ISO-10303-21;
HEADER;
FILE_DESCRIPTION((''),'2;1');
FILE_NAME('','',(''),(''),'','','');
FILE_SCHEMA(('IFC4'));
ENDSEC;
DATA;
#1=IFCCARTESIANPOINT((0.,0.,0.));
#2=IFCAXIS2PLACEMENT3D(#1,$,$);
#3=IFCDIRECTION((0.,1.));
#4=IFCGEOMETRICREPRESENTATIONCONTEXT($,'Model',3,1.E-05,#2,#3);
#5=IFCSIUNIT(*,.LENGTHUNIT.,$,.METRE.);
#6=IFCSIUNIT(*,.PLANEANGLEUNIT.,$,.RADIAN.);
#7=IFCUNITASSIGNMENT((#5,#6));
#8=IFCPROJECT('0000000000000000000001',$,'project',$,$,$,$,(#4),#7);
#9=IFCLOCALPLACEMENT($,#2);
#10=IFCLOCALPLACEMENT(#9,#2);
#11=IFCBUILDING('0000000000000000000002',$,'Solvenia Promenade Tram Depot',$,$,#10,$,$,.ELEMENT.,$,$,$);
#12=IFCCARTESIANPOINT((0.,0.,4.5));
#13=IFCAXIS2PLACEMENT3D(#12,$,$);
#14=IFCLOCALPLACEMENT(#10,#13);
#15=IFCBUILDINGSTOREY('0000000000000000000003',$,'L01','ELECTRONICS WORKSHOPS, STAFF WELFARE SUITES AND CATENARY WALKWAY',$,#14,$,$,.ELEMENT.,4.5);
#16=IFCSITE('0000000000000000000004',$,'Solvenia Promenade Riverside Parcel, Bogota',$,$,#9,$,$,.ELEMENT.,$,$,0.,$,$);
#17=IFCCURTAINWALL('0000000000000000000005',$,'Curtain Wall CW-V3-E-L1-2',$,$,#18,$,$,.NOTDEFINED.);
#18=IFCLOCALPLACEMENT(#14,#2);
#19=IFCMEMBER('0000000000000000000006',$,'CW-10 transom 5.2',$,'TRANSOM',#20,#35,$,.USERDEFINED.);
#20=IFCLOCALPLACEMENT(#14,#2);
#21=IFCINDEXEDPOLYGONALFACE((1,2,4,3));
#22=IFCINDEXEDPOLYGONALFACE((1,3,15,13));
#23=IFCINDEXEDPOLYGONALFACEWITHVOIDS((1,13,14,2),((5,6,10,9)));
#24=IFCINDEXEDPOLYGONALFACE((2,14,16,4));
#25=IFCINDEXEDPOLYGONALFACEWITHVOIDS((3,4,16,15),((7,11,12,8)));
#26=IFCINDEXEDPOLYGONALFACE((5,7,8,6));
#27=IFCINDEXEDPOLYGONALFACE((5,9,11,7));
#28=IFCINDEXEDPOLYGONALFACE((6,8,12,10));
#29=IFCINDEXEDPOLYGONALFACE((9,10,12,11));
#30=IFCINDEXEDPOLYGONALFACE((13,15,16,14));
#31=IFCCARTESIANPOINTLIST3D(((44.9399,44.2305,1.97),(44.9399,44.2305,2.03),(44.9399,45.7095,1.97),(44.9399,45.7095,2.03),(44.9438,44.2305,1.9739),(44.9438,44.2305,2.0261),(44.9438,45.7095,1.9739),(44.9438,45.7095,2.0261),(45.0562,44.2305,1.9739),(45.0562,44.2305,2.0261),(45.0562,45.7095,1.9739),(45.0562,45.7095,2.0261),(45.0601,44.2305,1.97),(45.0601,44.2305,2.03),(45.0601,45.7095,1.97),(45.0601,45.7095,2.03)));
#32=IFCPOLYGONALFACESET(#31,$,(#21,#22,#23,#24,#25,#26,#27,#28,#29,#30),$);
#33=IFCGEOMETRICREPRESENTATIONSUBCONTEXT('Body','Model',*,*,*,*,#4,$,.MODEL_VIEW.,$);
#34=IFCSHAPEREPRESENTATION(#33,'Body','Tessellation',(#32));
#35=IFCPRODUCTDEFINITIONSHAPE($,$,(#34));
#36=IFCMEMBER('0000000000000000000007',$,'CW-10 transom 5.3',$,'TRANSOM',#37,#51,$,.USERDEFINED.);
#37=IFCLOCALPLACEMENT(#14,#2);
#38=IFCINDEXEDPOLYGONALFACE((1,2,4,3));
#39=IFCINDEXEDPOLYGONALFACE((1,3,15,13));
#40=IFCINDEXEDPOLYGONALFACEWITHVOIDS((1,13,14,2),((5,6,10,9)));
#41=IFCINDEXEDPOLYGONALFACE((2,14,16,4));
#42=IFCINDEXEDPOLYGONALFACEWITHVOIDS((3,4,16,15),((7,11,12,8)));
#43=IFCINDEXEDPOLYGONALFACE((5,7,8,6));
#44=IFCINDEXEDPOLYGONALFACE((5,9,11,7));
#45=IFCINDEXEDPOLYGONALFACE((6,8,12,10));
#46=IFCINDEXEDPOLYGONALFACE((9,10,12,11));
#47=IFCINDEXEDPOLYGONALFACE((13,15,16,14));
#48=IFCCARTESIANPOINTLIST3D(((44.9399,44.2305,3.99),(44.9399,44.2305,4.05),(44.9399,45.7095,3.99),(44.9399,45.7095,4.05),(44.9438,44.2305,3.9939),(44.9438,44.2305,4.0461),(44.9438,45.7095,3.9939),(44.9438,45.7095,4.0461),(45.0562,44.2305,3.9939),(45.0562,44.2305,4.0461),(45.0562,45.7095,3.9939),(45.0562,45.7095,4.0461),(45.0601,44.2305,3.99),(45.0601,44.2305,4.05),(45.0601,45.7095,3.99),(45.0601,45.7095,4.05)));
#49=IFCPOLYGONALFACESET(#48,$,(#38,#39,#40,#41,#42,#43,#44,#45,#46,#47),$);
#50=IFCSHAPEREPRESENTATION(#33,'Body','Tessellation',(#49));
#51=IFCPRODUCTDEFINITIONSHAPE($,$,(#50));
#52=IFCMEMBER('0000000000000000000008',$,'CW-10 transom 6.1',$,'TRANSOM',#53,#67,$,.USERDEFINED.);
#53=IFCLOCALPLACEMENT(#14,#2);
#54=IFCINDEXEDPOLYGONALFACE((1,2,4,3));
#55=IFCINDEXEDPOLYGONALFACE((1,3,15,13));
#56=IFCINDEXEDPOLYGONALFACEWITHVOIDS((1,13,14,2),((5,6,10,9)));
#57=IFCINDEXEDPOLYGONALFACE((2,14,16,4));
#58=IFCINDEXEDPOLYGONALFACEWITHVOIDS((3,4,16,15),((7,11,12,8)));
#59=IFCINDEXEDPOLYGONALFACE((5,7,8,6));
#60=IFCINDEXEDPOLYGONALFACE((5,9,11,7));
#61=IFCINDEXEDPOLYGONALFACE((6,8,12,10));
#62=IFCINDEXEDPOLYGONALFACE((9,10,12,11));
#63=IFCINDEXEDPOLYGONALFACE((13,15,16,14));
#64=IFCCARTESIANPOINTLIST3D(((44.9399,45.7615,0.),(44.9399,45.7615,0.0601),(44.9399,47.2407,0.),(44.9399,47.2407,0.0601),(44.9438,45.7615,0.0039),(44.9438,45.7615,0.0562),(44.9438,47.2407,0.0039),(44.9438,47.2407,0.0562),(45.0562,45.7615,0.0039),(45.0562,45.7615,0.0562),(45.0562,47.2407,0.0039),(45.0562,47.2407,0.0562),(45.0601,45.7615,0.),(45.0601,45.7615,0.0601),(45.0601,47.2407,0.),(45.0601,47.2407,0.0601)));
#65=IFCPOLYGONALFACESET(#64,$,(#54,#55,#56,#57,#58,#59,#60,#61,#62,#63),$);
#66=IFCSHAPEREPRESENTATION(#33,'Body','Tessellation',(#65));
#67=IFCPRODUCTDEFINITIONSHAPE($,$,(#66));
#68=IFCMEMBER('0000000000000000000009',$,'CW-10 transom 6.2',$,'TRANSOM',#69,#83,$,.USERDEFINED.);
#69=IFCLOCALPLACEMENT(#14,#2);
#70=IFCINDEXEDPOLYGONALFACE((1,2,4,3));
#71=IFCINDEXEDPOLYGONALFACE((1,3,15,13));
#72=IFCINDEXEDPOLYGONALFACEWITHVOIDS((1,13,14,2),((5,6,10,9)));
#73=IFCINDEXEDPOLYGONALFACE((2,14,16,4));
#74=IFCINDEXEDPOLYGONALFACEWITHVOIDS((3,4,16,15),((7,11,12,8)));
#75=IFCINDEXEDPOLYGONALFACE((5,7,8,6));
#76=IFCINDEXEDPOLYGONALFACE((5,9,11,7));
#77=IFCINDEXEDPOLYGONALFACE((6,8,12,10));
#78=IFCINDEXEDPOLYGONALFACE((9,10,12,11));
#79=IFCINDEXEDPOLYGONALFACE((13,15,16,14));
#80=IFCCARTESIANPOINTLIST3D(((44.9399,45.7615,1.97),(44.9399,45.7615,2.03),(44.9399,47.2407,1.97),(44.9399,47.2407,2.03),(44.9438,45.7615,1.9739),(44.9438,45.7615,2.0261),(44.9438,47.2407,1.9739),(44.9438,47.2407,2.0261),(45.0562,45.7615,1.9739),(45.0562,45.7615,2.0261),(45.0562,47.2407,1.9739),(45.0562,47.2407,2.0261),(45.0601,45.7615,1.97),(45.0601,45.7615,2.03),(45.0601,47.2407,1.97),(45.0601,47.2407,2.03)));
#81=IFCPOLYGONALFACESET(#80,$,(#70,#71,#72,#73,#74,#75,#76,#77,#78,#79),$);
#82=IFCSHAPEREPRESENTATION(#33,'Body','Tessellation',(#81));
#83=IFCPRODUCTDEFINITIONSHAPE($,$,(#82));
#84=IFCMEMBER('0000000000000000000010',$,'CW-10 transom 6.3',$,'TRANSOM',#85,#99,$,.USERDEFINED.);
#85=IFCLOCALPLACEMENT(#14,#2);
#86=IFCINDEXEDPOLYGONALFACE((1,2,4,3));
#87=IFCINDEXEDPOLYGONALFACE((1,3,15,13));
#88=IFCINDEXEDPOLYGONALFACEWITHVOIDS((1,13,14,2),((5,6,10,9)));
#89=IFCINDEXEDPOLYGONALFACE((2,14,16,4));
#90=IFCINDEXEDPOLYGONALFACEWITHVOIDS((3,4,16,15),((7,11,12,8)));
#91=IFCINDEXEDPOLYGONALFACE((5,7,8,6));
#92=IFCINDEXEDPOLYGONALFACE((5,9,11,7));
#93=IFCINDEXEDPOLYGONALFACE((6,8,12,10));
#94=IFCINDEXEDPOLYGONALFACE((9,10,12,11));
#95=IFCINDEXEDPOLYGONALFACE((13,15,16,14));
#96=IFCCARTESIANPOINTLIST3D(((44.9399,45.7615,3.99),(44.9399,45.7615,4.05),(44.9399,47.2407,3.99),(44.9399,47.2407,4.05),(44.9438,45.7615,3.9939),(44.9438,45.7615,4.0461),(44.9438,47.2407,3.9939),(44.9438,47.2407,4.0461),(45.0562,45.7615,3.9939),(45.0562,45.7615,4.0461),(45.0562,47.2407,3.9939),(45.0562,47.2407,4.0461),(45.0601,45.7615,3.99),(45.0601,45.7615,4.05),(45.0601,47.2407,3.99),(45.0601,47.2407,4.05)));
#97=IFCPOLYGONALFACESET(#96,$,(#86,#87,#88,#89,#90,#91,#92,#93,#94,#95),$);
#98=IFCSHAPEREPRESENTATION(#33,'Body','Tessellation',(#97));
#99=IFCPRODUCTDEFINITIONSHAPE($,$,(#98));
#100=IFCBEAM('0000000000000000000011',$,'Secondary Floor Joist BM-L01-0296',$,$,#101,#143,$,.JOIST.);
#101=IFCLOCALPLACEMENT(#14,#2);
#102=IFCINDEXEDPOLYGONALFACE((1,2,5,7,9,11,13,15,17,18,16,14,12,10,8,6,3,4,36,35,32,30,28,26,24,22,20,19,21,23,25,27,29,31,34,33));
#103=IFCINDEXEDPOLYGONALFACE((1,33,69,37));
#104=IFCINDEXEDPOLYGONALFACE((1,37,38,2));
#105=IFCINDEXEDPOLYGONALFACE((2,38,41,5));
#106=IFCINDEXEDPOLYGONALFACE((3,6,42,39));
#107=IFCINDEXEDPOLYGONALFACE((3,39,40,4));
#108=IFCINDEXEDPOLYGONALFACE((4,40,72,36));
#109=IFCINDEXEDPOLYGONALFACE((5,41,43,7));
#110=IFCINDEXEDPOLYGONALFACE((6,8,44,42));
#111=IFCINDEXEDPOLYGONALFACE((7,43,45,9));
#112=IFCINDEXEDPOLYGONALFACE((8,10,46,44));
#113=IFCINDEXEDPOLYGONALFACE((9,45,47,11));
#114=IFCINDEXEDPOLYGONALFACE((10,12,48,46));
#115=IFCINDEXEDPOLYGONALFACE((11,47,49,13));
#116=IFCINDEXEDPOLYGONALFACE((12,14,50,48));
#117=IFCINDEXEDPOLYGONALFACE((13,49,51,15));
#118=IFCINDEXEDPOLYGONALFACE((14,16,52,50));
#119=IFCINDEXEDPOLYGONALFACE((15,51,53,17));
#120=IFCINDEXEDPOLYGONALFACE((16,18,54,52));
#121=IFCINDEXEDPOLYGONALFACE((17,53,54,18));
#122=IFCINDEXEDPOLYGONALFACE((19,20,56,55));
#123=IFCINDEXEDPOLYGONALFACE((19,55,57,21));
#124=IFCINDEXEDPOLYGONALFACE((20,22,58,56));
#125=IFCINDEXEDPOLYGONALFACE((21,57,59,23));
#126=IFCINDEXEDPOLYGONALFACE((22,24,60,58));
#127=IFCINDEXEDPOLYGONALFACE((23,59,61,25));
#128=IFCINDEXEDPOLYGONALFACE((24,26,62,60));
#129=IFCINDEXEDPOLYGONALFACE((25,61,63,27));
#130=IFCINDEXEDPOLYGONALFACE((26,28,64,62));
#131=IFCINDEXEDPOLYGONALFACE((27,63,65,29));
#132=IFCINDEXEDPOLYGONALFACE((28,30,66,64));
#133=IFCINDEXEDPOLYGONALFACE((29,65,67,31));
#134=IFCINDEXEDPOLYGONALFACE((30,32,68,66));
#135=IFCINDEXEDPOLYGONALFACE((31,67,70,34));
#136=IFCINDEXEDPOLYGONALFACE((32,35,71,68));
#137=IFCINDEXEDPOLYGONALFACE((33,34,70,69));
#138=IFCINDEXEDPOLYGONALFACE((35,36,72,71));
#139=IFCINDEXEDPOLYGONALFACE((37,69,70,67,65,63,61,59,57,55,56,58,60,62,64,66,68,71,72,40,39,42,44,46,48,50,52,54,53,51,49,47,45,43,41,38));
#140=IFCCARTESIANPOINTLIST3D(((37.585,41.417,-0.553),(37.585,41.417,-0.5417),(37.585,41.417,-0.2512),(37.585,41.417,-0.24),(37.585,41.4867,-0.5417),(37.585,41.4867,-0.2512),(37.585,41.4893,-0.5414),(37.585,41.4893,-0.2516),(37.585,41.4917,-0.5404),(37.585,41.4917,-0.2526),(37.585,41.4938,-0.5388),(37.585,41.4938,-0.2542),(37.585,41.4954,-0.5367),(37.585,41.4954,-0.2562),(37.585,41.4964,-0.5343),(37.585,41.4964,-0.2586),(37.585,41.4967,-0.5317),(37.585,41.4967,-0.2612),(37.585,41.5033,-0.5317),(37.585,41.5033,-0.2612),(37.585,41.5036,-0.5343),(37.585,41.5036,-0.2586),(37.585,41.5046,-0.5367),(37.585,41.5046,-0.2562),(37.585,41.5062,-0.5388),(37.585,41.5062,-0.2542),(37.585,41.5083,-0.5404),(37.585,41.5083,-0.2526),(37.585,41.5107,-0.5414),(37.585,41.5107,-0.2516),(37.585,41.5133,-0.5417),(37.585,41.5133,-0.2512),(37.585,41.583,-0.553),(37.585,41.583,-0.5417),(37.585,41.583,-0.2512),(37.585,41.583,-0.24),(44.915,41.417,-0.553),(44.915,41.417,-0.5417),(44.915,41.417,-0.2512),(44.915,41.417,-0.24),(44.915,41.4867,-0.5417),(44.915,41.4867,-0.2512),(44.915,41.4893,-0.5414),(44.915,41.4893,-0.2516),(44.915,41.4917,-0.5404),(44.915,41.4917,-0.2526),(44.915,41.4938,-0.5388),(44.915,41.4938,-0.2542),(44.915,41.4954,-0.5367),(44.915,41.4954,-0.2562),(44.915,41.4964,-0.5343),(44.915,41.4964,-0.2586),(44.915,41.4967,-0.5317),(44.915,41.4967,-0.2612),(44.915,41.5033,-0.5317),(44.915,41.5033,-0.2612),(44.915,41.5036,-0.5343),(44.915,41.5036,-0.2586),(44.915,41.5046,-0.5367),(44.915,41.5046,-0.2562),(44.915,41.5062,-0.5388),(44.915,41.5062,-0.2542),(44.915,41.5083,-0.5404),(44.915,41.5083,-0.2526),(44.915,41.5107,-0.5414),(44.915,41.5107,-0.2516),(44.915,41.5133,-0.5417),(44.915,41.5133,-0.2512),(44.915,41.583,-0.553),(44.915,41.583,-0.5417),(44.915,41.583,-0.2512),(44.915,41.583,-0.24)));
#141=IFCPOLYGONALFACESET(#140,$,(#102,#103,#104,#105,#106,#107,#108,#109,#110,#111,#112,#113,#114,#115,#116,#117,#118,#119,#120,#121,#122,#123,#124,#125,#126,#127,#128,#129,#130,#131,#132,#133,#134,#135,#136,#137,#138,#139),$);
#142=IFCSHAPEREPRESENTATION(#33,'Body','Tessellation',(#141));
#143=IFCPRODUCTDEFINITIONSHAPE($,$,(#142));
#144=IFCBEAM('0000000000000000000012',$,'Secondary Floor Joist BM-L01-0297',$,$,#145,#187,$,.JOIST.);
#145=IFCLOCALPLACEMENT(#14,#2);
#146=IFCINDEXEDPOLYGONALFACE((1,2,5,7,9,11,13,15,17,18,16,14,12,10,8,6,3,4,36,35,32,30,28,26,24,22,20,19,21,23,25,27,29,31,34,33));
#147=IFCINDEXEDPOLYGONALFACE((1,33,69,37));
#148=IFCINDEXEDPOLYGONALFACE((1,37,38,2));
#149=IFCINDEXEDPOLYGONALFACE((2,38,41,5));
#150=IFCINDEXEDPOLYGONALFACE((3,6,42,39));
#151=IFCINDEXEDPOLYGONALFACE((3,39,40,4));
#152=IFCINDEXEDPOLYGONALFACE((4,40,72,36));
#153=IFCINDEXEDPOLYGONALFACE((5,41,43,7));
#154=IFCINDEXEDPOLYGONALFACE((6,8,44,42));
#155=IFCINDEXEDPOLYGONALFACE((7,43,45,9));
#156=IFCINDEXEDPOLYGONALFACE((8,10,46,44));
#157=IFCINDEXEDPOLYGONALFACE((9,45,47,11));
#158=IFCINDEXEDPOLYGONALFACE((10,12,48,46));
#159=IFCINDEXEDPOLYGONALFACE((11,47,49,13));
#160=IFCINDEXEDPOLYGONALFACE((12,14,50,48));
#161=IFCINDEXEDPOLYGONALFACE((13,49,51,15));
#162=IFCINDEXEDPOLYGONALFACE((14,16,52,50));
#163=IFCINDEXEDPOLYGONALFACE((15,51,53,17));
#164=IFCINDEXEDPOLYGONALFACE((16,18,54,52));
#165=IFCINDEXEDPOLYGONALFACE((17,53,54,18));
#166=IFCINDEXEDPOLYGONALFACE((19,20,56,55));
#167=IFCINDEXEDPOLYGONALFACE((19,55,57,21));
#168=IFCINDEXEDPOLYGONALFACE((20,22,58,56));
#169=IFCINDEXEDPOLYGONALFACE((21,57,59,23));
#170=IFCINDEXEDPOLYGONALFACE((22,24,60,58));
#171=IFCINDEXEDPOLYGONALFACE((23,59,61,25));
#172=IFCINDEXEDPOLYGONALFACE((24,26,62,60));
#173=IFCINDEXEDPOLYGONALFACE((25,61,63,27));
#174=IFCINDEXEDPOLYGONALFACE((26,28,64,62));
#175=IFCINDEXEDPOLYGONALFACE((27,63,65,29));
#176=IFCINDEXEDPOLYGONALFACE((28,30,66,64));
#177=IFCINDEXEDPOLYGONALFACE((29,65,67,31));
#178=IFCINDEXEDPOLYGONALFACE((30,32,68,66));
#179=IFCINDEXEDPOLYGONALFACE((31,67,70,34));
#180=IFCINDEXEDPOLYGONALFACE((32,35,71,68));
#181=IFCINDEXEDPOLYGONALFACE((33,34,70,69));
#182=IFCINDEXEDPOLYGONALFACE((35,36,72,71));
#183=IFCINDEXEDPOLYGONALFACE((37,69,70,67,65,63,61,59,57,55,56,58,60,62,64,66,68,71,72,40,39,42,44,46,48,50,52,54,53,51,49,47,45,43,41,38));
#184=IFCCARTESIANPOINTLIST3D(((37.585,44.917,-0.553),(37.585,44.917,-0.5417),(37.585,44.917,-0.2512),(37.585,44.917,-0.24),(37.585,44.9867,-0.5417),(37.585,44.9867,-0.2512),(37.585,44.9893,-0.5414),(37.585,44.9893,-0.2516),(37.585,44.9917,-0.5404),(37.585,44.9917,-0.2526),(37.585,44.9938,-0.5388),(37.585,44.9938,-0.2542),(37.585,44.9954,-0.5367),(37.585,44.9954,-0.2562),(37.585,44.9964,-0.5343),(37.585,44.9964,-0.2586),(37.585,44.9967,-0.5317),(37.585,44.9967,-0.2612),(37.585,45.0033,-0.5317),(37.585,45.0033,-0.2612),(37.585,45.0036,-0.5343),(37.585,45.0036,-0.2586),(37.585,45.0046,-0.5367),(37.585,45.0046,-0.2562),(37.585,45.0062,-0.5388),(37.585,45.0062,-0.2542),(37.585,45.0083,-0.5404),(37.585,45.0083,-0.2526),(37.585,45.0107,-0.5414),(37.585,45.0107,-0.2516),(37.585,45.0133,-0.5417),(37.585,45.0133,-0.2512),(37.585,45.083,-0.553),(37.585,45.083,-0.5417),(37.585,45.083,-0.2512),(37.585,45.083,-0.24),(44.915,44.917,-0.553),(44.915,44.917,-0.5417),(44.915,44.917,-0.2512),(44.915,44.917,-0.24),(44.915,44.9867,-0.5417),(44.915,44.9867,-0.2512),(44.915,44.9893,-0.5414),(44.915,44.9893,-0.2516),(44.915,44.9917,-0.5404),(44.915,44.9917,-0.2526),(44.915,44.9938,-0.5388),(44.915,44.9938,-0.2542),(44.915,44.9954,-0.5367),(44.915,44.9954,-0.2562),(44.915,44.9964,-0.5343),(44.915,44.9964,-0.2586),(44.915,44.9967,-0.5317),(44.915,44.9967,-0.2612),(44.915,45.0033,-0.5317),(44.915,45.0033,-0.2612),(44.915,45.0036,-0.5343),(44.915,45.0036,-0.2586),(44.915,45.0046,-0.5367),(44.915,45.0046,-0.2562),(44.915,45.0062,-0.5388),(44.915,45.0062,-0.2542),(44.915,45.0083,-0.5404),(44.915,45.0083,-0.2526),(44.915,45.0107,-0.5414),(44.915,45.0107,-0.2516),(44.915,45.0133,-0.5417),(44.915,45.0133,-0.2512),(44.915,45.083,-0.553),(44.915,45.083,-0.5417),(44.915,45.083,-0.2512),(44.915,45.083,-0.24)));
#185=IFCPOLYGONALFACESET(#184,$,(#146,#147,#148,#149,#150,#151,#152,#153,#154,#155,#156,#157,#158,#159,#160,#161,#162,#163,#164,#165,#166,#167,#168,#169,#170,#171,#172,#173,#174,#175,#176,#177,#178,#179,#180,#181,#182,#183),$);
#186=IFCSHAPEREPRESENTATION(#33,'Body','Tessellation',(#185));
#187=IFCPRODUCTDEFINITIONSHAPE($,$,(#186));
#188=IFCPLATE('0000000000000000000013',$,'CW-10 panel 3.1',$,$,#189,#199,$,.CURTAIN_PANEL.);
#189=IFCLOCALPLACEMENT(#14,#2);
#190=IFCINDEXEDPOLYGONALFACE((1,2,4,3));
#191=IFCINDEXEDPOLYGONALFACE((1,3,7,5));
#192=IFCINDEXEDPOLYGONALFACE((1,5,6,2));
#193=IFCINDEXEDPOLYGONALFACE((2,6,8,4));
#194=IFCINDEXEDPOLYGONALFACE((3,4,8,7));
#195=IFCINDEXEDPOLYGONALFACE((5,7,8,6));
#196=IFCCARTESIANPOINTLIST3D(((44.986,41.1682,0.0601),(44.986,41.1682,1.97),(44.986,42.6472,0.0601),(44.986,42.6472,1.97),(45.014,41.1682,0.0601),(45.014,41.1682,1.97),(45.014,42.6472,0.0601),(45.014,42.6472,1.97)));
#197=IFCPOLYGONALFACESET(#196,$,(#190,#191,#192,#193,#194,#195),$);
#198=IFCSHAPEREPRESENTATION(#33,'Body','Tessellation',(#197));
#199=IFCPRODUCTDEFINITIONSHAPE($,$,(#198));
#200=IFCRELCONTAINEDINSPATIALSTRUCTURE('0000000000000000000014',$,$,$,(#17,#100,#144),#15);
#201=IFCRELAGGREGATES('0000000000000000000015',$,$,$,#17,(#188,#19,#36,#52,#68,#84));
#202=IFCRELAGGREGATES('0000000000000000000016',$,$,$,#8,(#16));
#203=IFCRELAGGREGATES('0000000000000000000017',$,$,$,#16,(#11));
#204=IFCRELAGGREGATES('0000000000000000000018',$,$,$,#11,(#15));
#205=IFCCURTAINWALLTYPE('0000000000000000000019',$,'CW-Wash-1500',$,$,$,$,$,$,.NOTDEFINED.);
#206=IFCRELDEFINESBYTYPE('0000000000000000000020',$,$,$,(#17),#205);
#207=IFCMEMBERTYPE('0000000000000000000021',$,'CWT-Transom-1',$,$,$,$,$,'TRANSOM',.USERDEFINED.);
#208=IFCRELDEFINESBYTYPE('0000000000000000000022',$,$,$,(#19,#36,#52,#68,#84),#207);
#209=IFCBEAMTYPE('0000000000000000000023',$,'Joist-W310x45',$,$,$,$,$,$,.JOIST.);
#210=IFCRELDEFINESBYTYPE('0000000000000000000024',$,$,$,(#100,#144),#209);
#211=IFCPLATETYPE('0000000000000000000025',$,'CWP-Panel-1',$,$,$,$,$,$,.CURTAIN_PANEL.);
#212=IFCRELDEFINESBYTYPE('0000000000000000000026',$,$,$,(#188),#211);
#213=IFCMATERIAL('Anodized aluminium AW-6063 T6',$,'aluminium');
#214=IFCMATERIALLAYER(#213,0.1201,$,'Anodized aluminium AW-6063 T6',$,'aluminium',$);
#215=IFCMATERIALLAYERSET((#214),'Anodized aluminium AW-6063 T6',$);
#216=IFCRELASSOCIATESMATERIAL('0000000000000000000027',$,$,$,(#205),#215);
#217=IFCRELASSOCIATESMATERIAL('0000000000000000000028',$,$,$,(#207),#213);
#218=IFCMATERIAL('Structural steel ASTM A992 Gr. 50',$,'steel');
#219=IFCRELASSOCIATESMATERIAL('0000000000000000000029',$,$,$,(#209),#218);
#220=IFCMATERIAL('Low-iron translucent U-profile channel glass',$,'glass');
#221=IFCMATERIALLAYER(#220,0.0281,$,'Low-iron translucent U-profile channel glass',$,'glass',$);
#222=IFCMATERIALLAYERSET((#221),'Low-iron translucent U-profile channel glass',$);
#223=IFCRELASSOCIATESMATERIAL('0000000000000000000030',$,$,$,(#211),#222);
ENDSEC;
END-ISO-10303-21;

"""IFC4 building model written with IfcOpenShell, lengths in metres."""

from ifc_helpers import new_model, si_unit, direction, frame, origin, origin_2d, place, context, subcontext, project, spatial, rectangle, hollow_rectangle, i_section, extrude, material, layer, layer_set, material_profile, profile_set, type_object, element, aggregate, save


model = new_model("IFC4")

# Units and contexts
model_context = context("Model", 3, precision=1e-05, world=origin(), true_north=direction((0.0, 1.0)))
body_context = subcontext(model_context, "Body", "Model", "MODEL_VIEW")
ifc_project = project(units=[si_unit("LENGTHUNIT", "METRE"), si_unit("PLANEANGLEUNIT", "RADIAN")], contexts=[model_context])

# Site, building, storey
site_placement = place(None, origin())
site = spatial("IfcSite", under=ifc_project, at=site_placement, Name="Solvenia Promenade Riverside Parcel, Bogota", CompositionType="ELEMENT", RefElevation=0.0)
building_placement = place(site_placement, origin())
building = spatial("IfcBuilding", under=site, at=building_placement, Name="Solvenia Promenade Tram Depot", CompositionType="ELEMENT")
storey_placement = place(building_placement, frame((0.0, 0.0, 4.5)))
storey = spatial("IfcBuildingStorey", under=building, at=storey_placement, Name="L01", Description="ELECTRONICS WORKSHOPS, STAFF WELFARE SUITES AND CATENARY WALKWAY", CompositionType="ELEMENT", Elevation=4.5)

# Curtain wall, members
ifc_material_1 = material(Name="Anodized aluminium AW-6063 T6", Category="aluminium")
ifc_layer_1 = layer(ifc_material_1, 0.1201, Name="Anodized aluminium AW-6063 T6", Category="aluminium")
ifc_layer_set_1 = layer_set([ifc_layer_1], Name="Anodized aluminium AW-6063 T6")
curtain_wall_type = type_object("IfcCurtainWallType", Name="CW-Wash-1500", PredefinedType="NOTDEFINED", material=ifc_layer_set_1)
curtain_wall_placement = place(storey_placement, origin())
curtain_wall = element("IfcCurtainWall", 1, at=curtain_wall_placement, inside=storey, type_object=curtain_wall_type, Name="Curtain Wall CW-V3-E-L1-2", PredefinedType="NOTDEFINED")
ifc_material_profile_1 = material_profile(ifc_material_1, hollow_rectangle(XDim=0.1201, YDim=0.0601, WallThickness=0.0039, at=origin_2d()), Name="ALU-T1", Category="aluminium")
ifc_profile_set_1 = profile_set([ifc_material_profile_1], Name="Anodized aluminium AW-6063 T6")
member_type_1 = type_object("IfcMemberType", Name="CWT-Transom-1", ElementType="TRANSOM", PredefinedType="USERDEFINED", material=ifc_profile_set_1)
member_1_placement = place(storey_placement, frame((45.0, 44.2305, 2.0), z_axis=(0.0, 1.0, 0.0), x_axis=(-1.0, 0.0, 0.0)))
member_1 = element("IfcMember", 2, at=member_1_placement, type_object=member_type_1, Name="CW-10 transom 5.2", ObjectType="TRANSOM", PredefinedType="USERDEFINED", context=body_context, shape_type="SweptSolid", body=[
    extrude(hollow_rectangle(XDim=0.1201, YDim=0.0601, WallThickness=0.0039, at=origin_2d()), origin(), (0.0, 0.0, 1.0), 1.479),
])
member_2_placement = place(storey_placement, frame((45.0, 44.2305, 4.02), z_axis=(0.0, 1.0, 0.0), x_axis=(-1.0, 0.0, 0.0)))
member_2 = element("IfcMember", 3, at=member_2_placement, type_object=member_type_1, Name="CW-10 transom 5.3", ObjectType="TRANSOM", PredefinedType="USERDEFINED", context=body_context, shape_type="SweptSolid", body=[
    extrude(hollow_rectangle(XDim=0.1201, YDim=0.0601, WallThickness=0.0039, at=origin_2d()), origin(), (0.0, 0.0, 1.0), 1.479),
])
member_3_placement = place(storey_placement, frame((45.0, 45.7615, 0.03), z_axis=(0.0, 1.0, 0.0), x_axis=(-1.0, 0.0, 0.0)))
member_3 = element("IfcMember", 4, at=member_3_placement, type_object=member_type_1, Name="CW-10 transom 6.1", ObjectType="TRANSOM", PredefinedType="USERDEFINED", context=body_context, shape_type="SweptSolid", body=[
    extrude(hollow_rectangle(XDim=0.1201, YDim=0.0601, WallThickness=0.0039, at=origin_2d()), origin(), (0.0, 0.0, 1.0), 1.4792),
])
member_4_placement = place(storey_placement, frame((45.0, 45.7615, 2.0), z_axis=(0.0, 1.0, 0.0), x_axis=(-1.0, 0.0, 0.0)))
member_4 = element("IfcMember", 5, at=member_4_placement, type_object=member_type_1, Name="CW-10 transom 6.2", ObjectType="TRANSOM", PredefinedType="USERDEFINED", context=body_context, shape_type="SweptSolid", body=[
    extrude(hollow_rectangle(XDim=0.1201, YDim=0.0601, WallThickness=0.0039, at=origin_2d()), origin(), (0.0, 0.0, 1.0), 1.4792),
])
member_5_placement = place(storey_placement, frame((45.0, 45.7615, 4.02), z_axis=(0.0, 1.0, 0.0), x_axis=(-1.0, 0.0, 0.0)))
member_5 = element("IfcMember", 6, at=member_5_placement, type_object=member_type_1, Name="CW-10 transom 6.3", ObjectType="TRANSOM", PredefinedType="USERDEFINED", context=body_context, shape_type="SweptSolid", body=[
    extrude(hollow_rectangle(XDim=0.1201, YDim=0.0601, WallThickness=0.0039, at=origin_2d()), origin(), (0.0, 0.0, 1.0), 1.4792),
])

# Beams
ifc_material_2 = material(Name="Structural steel ASTM A992 Gr. 50", Category="steel")
ifc_material_profile_2 = material_profile(ifc_material_2, i_section(OverallWidth=0.166, OverallDepth=0.313, WebThickness=0.0066, FlangeThickness=0.0112, FilletRadius=0.01, at=origin_2d()), Name="W310x45", Category="steel")
ifc_profile_set_2 = profile_set([ifc_material_profile_2], Name="Structural steel ASTM A992 Gr. 50")
beam_type = type_object("IfcBeamType", Name="Joist-W310x45", PredefinedType="JOIST", material=ifc_profile_set_2)
for number, where, z_axis, x_axis, name in (
    (7, (37.585, 41.5, -0.3965), (1.0, 0.0, 0.0), (0.0, 1.0, 0.0), "Secondary Floor Joist BM-L01-0296"),
    (8, (37.585, 45.0, -0.3965), (1.0, 0.0, 0.0), (0.0, 1.0, 0.0), "Secondary Floor Joist BM-L01-0297"),
):
    element("IfcBeam", number, at=place(storey_placement, frame(where, z_axis=z_axis, x_axis=x_axis)), inside=storey, type_object=beam_type, Name=name, PredefinedType="JOIST", context=body_context, shape_type="SweptSolid", body=[
        extrude(i_section(OverallWidth=0.166, OverallDepth=0.313, WebThickness=0.0066, FlangeThickness=0.0112, FilletRadius=0.01, at=origin_2d()), origin(), (0.0, 0.0, 1.0), 7.3301),
    ])

# Plate
ifc_material_3 = material(Name="Low-iron translucent U-profile channel glass", Category="glass")
ifc_layer_2 = layer(ifc_material_3, 0.0281, Name="Low-iron translucent U-profile channel glass", Category="glass")
ifc_layer_set_2 = layer_set([ifc_layer_2], Name="Low-iron translucent U-profile channel glass")
plate_type = type_object("IfcPlateType", Name="CWP-Panel-1", PredefinedType="CURTAIN_PANEL", material=ifc_layer_set_2)
plate_1_placement = place(storey_placement, frame((45.0, 41.9077, 0.0601), z_axis=(0.0, 0.0, 1.0), x_axis=(0.0, 1.0, 0.0)))
plate_1 = element("IfcPlate", 9, at=plate_1_placement, type_object=plate_type, Name="CW-10 panel 3.1", PredefinedType="CURTAIN_PANEL", context=body_context, shape_type="SweptSolid", body=[
    extrude(rectangle(XDim=1.479, YDim=0.0281, at=origin_2d()), origin(), (0.0, 0.0, 1.0), 1.9099),
])
aggregate(curtain_wall, [plate_1, member_1, member_2, member_3, member_4, member_5])

save(model, "model.ifc")
